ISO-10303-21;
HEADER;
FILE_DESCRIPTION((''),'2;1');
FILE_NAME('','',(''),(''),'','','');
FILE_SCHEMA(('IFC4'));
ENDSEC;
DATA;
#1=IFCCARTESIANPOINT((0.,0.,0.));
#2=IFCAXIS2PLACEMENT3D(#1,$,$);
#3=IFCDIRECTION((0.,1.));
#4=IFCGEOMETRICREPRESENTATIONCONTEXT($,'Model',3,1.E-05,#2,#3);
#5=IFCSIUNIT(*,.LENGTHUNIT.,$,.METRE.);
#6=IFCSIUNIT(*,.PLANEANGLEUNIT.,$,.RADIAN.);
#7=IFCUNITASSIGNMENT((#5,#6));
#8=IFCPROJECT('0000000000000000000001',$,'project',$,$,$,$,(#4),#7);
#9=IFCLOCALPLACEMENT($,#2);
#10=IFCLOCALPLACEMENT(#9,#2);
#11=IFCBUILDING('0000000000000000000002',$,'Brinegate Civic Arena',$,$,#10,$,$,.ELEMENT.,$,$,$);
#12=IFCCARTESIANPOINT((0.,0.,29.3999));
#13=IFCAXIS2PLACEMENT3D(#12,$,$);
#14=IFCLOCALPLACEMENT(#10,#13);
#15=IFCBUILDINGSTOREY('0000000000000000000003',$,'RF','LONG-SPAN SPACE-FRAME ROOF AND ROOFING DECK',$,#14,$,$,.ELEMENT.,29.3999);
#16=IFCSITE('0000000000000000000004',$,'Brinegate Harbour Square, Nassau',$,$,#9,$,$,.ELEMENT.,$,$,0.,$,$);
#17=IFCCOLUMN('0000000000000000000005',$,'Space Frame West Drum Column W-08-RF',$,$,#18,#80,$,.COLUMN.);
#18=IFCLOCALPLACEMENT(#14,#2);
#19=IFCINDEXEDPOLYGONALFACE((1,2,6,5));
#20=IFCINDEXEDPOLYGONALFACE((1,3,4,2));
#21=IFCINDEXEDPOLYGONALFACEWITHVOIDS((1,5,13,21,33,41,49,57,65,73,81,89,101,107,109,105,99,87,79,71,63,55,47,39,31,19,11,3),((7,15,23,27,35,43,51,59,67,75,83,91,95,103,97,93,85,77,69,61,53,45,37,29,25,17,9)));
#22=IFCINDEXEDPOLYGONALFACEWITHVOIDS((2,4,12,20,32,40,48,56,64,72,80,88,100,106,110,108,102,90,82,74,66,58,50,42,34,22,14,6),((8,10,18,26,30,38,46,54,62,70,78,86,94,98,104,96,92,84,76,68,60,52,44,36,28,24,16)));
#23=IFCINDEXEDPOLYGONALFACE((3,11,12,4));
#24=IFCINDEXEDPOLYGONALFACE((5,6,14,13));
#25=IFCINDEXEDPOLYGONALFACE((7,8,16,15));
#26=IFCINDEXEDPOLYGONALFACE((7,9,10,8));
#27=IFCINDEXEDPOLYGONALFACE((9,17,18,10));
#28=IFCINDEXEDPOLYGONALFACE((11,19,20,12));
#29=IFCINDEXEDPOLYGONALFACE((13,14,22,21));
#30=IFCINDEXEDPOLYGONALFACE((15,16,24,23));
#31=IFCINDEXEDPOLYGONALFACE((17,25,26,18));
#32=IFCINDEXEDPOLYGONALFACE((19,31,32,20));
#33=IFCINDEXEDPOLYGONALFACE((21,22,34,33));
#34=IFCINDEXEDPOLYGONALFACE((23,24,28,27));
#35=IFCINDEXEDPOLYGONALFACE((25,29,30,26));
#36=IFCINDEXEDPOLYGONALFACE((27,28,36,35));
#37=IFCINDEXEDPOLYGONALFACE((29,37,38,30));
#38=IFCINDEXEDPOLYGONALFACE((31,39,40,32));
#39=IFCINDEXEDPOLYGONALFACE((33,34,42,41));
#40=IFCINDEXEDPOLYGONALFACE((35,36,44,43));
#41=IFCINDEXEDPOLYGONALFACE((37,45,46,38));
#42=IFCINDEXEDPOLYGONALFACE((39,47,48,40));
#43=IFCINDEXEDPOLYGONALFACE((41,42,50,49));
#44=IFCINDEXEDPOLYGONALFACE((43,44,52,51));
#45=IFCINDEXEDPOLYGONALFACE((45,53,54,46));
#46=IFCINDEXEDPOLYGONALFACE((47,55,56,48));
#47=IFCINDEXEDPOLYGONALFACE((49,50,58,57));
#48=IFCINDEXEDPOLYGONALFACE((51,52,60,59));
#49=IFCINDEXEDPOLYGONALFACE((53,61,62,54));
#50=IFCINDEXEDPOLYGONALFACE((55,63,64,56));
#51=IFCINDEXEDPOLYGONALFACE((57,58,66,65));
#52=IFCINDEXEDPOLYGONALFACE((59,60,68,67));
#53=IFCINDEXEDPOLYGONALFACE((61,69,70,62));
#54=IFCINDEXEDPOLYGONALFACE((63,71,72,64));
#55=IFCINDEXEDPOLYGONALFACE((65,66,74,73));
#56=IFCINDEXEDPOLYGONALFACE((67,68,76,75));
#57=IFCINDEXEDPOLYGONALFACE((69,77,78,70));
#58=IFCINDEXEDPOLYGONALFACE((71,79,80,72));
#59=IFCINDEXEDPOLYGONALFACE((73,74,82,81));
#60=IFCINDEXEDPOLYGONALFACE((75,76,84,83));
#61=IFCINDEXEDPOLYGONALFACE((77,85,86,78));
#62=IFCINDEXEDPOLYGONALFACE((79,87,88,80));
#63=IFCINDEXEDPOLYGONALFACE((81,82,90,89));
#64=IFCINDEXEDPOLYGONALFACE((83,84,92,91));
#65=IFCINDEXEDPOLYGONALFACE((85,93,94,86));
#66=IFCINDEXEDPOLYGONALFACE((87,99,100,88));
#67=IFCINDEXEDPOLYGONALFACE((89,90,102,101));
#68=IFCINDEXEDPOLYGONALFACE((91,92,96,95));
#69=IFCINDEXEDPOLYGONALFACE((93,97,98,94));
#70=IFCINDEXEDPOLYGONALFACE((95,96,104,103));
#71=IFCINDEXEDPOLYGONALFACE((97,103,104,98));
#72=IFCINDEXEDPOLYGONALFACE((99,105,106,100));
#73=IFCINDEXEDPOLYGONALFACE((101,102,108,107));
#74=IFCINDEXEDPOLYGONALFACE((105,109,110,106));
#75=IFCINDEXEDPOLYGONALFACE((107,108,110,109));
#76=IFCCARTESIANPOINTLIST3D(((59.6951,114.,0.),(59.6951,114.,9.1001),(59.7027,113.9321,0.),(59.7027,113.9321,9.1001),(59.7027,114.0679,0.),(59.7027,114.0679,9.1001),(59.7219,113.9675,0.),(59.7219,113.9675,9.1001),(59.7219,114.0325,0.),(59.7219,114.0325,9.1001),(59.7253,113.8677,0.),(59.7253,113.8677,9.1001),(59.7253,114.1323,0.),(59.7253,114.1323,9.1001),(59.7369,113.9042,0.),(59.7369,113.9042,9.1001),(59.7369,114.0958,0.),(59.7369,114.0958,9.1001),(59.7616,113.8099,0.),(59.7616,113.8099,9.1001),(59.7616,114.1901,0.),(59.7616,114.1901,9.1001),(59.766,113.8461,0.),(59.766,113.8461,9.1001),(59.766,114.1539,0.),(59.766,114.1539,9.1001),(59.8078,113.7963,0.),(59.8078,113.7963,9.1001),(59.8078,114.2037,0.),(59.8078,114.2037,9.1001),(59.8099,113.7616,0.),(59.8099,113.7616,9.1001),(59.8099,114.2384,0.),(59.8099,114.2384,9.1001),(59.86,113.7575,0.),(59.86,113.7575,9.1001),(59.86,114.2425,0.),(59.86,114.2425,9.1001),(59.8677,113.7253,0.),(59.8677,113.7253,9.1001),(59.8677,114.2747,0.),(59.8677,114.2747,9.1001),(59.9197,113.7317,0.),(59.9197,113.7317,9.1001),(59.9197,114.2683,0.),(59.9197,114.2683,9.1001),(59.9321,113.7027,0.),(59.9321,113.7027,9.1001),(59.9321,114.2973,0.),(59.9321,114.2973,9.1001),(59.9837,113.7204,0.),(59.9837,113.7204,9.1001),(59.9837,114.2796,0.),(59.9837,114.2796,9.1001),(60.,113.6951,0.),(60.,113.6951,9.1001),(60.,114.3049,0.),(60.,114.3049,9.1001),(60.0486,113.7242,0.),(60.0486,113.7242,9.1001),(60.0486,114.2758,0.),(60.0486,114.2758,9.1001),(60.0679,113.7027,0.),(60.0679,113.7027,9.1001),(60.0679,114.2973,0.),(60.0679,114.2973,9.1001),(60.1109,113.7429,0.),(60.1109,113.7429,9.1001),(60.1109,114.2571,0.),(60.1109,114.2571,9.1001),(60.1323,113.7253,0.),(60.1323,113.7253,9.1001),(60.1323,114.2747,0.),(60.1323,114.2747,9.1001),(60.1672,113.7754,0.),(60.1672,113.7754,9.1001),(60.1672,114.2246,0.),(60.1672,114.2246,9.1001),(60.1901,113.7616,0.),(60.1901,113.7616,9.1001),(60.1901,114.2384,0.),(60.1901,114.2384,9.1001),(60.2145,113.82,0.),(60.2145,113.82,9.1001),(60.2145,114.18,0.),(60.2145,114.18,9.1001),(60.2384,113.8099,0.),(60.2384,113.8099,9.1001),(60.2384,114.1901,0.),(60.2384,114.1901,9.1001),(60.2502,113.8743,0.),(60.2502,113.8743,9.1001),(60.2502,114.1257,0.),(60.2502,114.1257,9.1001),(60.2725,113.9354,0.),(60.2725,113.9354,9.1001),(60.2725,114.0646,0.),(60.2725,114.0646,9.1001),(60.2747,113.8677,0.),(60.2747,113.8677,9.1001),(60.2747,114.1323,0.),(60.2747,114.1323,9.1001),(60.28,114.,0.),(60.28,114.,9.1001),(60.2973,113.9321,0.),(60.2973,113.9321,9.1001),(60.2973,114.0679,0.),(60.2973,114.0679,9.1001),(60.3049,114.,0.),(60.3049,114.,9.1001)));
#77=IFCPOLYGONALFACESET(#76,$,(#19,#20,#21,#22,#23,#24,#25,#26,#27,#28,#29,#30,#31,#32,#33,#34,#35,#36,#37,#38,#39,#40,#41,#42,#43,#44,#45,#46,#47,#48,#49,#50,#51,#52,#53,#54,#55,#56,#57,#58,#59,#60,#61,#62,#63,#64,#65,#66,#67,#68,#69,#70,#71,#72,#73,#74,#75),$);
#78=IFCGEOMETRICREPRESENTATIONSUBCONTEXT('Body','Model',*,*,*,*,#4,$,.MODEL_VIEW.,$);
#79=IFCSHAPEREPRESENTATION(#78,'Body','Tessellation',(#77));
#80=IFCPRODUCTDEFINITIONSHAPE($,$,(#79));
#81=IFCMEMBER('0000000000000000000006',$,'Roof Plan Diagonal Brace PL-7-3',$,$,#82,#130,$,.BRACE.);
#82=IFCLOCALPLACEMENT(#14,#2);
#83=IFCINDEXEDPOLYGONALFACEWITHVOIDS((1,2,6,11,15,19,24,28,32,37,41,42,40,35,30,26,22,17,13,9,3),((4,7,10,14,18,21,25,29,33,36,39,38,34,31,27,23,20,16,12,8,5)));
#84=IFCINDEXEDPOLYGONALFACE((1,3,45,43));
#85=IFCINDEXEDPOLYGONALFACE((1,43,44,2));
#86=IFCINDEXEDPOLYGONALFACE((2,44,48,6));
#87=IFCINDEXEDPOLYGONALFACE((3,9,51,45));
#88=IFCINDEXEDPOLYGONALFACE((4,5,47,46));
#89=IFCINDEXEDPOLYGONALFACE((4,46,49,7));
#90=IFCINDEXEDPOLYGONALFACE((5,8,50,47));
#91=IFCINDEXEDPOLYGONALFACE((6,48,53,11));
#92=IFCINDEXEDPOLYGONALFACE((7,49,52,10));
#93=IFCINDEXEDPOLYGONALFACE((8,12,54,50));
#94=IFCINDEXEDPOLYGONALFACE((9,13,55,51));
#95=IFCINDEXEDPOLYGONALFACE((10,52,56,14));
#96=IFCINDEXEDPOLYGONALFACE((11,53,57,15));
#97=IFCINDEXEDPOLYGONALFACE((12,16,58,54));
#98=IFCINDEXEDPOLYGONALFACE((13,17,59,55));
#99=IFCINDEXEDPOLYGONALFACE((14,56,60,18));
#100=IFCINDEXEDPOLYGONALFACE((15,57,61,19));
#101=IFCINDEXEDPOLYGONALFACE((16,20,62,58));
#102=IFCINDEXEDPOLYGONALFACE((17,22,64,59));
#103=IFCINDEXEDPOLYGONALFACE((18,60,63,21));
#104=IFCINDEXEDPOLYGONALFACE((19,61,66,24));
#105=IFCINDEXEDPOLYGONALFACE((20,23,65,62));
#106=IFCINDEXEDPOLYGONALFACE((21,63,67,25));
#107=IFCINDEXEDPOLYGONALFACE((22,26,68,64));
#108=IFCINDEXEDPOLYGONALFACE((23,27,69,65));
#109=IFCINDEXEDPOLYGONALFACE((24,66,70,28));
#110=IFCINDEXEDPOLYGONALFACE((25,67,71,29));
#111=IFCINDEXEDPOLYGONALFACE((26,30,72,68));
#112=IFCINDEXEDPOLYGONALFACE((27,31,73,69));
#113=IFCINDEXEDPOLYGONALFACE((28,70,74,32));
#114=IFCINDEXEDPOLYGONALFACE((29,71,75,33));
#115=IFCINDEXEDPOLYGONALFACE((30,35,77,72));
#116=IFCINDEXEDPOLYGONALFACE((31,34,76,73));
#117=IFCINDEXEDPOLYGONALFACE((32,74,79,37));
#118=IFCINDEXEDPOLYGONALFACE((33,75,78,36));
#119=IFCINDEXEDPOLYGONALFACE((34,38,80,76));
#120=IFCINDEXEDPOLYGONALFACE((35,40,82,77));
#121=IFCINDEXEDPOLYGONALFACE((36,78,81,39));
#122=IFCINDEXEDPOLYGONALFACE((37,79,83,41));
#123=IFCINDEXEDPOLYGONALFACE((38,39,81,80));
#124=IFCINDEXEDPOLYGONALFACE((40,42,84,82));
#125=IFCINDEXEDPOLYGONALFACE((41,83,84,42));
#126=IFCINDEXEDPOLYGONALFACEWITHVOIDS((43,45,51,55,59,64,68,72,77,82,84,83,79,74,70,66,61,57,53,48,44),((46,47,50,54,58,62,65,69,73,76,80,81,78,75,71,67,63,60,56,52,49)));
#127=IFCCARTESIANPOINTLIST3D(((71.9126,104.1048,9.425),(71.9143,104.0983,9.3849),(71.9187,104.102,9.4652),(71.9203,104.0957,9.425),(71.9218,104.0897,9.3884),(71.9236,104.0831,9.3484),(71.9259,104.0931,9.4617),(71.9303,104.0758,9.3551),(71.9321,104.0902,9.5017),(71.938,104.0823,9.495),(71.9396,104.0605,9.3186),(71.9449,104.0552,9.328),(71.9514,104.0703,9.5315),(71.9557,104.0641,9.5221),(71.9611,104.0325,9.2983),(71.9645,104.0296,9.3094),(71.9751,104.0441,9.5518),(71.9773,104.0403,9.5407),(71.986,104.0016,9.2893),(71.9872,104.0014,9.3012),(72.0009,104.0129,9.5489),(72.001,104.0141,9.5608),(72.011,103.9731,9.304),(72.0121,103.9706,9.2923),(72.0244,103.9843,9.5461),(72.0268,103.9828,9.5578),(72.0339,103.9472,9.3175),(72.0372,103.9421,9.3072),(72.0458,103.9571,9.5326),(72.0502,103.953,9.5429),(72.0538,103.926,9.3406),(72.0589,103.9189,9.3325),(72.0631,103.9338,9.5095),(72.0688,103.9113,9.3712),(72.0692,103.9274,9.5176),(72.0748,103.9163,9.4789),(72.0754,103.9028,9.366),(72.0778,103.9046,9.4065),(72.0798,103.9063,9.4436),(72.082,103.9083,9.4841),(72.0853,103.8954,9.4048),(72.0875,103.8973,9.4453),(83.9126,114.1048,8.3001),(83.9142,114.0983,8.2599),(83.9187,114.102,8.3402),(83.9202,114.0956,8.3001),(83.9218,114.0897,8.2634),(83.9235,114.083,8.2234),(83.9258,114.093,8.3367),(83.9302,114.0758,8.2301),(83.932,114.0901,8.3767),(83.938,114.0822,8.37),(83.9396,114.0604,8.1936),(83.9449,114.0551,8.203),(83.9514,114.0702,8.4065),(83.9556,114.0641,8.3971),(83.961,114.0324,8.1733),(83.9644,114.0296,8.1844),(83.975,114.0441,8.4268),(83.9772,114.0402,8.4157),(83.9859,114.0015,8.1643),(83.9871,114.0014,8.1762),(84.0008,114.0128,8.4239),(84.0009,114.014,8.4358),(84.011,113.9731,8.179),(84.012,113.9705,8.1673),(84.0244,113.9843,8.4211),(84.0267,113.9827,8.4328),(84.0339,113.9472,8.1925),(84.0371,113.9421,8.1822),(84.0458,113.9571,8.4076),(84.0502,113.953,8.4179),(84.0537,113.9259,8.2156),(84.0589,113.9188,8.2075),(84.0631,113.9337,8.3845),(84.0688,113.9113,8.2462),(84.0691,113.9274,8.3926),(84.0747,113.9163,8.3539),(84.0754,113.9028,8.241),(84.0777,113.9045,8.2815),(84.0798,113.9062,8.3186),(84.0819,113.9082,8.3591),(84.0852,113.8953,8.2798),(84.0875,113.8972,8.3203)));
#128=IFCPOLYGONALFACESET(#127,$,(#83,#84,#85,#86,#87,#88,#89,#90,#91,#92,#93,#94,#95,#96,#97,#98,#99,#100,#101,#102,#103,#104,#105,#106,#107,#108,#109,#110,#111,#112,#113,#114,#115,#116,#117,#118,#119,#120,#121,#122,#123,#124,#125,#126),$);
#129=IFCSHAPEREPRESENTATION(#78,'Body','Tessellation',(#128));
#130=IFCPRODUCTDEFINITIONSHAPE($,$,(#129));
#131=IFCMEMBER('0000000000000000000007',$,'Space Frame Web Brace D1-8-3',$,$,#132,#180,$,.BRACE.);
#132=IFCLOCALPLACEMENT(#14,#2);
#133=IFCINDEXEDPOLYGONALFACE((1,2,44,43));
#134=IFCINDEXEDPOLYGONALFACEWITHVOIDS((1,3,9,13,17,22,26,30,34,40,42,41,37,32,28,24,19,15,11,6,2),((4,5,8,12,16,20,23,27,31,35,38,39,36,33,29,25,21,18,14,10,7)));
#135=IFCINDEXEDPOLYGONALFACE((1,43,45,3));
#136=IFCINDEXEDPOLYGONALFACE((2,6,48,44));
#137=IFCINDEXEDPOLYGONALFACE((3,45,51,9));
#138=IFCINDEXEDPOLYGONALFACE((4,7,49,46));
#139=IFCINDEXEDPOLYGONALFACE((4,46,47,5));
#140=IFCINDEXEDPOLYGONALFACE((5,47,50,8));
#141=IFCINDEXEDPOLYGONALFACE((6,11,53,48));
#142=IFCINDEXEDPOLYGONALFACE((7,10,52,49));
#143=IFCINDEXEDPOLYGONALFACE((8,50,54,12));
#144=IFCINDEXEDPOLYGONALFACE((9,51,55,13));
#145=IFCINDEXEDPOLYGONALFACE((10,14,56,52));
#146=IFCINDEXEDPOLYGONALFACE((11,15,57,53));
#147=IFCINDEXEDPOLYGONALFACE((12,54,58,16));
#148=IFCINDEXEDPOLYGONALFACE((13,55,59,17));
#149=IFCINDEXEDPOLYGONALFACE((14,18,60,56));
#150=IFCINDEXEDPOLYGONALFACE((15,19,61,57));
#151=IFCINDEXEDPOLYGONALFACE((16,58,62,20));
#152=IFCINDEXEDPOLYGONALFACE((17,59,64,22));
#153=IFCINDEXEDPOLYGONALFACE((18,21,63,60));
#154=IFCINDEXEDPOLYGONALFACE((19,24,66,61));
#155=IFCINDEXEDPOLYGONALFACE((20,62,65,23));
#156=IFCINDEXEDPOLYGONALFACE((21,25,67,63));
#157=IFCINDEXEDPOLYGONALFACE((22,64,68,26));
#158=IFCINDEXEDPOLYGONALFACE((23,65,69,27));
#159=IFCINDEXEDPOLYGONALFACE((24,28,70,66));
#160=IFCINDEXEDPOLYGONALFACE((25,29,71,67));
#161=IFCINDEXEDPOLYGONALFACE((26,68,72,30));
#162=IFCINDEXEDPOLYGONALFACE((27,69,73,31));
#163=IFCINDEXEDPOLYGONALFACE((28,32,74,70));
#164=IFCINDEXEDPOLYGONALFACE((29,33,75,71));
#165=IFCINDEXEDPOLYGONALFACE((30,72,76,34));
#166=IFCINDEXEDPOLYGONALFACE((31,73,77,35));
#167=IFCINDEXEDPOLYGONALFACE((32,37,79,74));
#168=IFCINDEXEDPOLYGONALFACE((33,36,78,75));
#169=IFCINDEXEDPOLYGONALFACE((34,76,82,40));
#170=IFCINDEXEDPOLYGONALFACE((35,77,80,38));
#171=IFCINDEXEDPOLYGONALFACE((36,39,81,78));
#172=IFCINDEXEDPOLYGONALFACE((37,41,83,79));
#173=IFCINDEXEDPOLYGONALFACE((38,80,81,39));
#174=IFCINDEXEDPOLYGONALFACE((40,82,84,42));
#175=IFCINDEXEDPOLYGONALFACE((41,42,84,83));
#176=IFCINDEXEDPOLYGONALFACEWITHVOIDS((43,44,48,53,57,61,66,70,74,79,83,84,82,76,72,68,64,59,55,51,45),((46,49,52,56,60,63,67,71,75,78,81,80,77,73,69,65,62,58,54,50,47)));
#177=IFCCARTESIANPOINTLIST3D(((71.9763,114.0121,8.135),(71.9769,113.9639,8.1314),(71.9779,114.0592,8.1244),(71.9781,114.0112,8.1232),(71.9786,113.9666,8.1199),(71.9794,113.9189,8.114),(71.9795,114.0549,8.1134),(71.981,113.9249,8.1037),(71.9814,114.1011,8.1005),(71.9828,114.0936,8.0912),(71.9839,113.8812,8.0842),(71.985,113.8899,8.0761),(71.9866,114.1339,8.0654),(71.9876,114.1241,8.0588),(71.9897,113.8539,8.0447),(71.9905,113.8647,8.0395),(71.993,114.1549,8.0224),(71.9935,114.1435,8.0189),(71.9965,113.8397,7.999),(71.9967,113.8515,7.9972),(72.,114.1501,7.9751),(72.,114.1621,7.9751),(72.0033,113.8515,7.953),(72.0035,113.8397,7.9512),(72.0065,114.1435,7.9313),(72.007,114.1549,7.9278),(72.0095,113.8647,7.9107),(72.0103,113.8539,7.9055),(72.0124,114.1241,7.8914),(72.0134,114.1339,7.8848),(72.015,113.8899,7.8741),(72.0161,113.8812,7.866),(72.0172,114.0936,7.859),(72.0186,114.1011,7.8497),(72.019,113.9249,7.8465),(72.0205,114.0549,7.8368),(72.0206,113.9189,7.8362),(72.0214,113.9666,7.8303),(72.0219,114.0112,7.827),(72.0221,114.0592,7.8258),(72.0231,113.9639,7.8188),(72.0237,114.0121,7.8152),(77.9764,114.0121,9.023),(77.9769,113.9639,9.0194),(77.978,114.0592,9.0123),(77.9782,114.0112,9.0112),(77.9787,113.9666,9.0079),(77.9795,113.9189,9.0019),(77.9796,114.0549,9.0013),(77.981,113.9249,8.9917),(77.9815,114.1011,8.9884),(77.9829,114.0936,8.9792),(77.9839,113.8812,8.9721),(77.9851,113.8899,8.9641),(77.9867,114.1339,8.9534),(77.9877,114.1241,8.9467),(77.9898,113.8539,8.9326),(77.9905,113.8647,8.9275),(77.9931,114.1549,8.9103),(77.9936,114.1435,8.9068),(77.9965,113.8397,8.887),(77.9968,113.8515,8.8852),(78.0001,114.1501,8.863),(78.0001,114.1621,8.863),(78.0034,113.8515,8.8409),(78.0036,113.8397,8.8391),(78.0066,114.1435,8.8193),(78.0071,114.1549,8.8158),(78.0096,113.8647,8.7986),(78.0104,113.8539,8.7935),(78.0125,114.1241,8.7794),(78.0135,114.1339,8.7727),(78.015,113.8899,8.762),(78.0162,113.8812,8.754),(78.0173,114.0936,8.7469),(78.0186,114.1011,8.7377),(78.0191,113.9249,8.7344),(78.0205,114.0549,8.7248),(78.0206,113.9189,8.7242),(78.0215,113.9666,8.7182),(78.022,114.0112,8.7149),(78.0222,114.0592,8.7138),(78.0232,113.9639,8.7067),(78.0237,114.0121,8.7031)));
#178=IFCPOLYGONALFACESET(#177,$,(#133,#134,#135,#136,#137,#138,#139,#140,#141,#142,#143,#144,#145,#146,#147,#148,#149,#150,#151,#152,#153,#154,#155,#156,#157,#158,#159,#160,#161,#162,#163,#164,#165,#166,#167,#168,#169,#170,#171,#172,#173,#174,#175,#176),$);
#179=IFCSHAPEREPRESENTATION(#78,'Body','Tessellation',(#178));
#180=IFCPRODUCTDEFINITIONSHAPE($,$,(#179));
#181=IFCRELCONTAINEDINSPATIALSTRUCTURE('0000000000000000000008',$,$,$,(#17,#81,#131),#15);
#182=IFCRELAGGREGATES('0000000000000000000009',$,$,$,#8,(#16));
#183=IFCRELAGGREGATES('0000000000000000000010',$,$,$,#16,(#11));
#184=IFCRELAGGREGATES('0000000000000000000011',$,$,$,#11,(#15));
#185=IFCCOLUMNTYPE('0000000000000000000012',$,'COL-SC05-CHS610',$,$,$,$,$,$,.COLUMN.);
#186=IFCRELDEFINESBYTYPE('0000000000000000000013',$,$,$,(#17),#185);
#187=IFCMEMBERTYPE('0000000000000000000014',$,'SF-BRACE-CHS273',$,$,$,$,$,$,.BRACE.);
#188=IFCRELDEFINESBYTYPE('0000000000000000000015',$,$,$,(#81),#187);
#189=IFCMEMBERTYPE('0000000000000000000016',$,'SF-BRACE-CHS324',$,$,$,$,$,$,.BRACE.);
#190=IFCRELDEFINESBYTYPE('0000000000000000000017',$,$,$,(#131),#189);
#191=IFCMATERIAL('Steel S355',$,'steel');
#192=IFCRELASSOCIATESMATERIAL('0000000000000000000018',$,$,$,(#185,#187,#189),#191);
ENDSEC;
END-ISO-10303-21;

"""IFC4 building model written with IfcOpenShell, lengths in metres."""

from ifc_helpers import new_model, si_unit, direction, frame, origin, origin_2d, place, context, subcontext, project, spatial, hollow_circle, extrude, material, material_profile, profile_set, type_object, element, save


model = new_model("IFC4")

# Units and contexts
model_context = context("Model", 3, precision=1e-05, world=origin(), true_north=direction((0.0, 1.0)))
body_context = subcontext(model_context, "Body", "Model", "MODEL_VIEW")
ifc_project = project(units=[si_unit("LENGTHUNIT", "METRE"), si_unit("PLANEANGLEUNIT", "RADIAN")], contexts=[model_context])

# Site, building, storey
site_placement = place(None, origin())
site = spatial("IfcSite", under=ifc_project, at=site_placement, Name="Brinegate Harbour Square, Nassau", CompositionType="ELEMENT", RefElevation=0.0)
building_placement = place(site_placement, origin())
building = spatial("IfcBuilding", under=site, at=building_placement, Name="Brinegate Civic Arena", CompositionType="ELEMENT")
storey_placement = place(building_placement, frame((0.0, 0.0, 29.3999)))
storey = spatial("IfcBuildingStorey", under=building, at=storey_placement, Name="RF", Description="LONG-SPAN SPACE-FRAME ROOF AND ROOFING DECK", CompositionType="ELEMENT", Elevation=29.3999)

# Column
ifc_material_1 = material(Name="Steel S355", Category="steel")
ifc_material_profile_1 = material_profile(ifc_material_1, hollow_circle(Radius=0.3049, WallThickness=0.0249, at=origin_2d()), Name="CHS610X25")
ifc_profile_set_1 = profile_set([ifc_material_profile_1], Name="Steel S355")
column_type = type_object("IfcColumnType", Name="COL-SC05-CHS610", PredefinedType="COLUMN", material=ifc_profile_set_1)
column_placement = place(storey_placement, frame((60.0, 114.0, 0.0), z_axis=(0.0, 0.0, 1.0), x_axis=(1.0, 0.0, 0.0)))
element("IfcColumn", 1, at=column_placement, inside=storey, type_object=column_type, Name="Space Frame West Drum Column W-08-RF", PredefinedType="COLUMN", context=body_context, shape_type="SweptSolid", body=[
    extrude(hollow_circle(Radius=0.3049, WallThickness=0.0249, at=origin_2d()), origin(), (0.0, 0.0, 1.0), 9.1001),
])

# Members
ifc_material_profile_2 = material_profile(ifc_material_1, hollow_circle(Radius=0.1365, WallThickness=0.012, at=origin_2d()), Name="CHS273X12")
ifc_profile_set_2 = profile_set([ifc_material_profile_2], Name="Steel S355")
member_type_1 = type_object("IfcMemberType", Name="SF-BRACE-CHS273", PredefinedType="BRACE", material=ifc_profile_set_2)
member_1_placement = place(storey_placement, frame((72.0, 104.0, 9.425), z_axis=(0.766237, 0.638531, -0.071835), x_axis=(-0.640184, 0.768221, 0.0)))
element("IfcMember", 2, at=member_1_placement, inside=storey, type_object=member_type_1, Name="Roof Plan Diagonal Brace PL-7-3", PredefinedType="BRACE", context=body_context, shape_type="SweptSolid", body=[
    extrude(hollow_circle(Radius=0.1365, WallThickness=0.012, at=origin_2d()), origin(), (0.0, 0.0, 1.0), 15.6609),
])
ifc_material_profile_3 = material_profile(ifc_material_1, hollow_circle(Radius=0.1621, WallThickness=0.012, at=origin_2d()), Name="CHS324X12")
ifc_profile_set_3 = profile_set([ifc_material_profile_3], Name="Steel S355")
member_type_2 = type_object("IfcMemberType", Name="SF-BRACE-CHS324", PredefinedType="BRACE", material=ifc_profile_set_3)
member_2_placement = place(storey_placement, frame((72.0, 114.0, 7.9751), z_axis=(0.989226, 0.0, 0.146395), x_axis=(0.0, 1.0, 0.0)))
element("IfcMember", 3, at=member_2_placement, inside=storey, type_object=member_type_2, Name="Space Frame Web Brace D1-8-3", PredefinedType="BRACE", context=body_context, shape_type="SweptSolid", body=[
    extrude(hollow_circle(Radius=0.1621, WallThickness=0.012, at=origin_2d()), origin(), (0.0, 0.0, 1.0), 6.0654),
])

save(model, "model.ifc")
